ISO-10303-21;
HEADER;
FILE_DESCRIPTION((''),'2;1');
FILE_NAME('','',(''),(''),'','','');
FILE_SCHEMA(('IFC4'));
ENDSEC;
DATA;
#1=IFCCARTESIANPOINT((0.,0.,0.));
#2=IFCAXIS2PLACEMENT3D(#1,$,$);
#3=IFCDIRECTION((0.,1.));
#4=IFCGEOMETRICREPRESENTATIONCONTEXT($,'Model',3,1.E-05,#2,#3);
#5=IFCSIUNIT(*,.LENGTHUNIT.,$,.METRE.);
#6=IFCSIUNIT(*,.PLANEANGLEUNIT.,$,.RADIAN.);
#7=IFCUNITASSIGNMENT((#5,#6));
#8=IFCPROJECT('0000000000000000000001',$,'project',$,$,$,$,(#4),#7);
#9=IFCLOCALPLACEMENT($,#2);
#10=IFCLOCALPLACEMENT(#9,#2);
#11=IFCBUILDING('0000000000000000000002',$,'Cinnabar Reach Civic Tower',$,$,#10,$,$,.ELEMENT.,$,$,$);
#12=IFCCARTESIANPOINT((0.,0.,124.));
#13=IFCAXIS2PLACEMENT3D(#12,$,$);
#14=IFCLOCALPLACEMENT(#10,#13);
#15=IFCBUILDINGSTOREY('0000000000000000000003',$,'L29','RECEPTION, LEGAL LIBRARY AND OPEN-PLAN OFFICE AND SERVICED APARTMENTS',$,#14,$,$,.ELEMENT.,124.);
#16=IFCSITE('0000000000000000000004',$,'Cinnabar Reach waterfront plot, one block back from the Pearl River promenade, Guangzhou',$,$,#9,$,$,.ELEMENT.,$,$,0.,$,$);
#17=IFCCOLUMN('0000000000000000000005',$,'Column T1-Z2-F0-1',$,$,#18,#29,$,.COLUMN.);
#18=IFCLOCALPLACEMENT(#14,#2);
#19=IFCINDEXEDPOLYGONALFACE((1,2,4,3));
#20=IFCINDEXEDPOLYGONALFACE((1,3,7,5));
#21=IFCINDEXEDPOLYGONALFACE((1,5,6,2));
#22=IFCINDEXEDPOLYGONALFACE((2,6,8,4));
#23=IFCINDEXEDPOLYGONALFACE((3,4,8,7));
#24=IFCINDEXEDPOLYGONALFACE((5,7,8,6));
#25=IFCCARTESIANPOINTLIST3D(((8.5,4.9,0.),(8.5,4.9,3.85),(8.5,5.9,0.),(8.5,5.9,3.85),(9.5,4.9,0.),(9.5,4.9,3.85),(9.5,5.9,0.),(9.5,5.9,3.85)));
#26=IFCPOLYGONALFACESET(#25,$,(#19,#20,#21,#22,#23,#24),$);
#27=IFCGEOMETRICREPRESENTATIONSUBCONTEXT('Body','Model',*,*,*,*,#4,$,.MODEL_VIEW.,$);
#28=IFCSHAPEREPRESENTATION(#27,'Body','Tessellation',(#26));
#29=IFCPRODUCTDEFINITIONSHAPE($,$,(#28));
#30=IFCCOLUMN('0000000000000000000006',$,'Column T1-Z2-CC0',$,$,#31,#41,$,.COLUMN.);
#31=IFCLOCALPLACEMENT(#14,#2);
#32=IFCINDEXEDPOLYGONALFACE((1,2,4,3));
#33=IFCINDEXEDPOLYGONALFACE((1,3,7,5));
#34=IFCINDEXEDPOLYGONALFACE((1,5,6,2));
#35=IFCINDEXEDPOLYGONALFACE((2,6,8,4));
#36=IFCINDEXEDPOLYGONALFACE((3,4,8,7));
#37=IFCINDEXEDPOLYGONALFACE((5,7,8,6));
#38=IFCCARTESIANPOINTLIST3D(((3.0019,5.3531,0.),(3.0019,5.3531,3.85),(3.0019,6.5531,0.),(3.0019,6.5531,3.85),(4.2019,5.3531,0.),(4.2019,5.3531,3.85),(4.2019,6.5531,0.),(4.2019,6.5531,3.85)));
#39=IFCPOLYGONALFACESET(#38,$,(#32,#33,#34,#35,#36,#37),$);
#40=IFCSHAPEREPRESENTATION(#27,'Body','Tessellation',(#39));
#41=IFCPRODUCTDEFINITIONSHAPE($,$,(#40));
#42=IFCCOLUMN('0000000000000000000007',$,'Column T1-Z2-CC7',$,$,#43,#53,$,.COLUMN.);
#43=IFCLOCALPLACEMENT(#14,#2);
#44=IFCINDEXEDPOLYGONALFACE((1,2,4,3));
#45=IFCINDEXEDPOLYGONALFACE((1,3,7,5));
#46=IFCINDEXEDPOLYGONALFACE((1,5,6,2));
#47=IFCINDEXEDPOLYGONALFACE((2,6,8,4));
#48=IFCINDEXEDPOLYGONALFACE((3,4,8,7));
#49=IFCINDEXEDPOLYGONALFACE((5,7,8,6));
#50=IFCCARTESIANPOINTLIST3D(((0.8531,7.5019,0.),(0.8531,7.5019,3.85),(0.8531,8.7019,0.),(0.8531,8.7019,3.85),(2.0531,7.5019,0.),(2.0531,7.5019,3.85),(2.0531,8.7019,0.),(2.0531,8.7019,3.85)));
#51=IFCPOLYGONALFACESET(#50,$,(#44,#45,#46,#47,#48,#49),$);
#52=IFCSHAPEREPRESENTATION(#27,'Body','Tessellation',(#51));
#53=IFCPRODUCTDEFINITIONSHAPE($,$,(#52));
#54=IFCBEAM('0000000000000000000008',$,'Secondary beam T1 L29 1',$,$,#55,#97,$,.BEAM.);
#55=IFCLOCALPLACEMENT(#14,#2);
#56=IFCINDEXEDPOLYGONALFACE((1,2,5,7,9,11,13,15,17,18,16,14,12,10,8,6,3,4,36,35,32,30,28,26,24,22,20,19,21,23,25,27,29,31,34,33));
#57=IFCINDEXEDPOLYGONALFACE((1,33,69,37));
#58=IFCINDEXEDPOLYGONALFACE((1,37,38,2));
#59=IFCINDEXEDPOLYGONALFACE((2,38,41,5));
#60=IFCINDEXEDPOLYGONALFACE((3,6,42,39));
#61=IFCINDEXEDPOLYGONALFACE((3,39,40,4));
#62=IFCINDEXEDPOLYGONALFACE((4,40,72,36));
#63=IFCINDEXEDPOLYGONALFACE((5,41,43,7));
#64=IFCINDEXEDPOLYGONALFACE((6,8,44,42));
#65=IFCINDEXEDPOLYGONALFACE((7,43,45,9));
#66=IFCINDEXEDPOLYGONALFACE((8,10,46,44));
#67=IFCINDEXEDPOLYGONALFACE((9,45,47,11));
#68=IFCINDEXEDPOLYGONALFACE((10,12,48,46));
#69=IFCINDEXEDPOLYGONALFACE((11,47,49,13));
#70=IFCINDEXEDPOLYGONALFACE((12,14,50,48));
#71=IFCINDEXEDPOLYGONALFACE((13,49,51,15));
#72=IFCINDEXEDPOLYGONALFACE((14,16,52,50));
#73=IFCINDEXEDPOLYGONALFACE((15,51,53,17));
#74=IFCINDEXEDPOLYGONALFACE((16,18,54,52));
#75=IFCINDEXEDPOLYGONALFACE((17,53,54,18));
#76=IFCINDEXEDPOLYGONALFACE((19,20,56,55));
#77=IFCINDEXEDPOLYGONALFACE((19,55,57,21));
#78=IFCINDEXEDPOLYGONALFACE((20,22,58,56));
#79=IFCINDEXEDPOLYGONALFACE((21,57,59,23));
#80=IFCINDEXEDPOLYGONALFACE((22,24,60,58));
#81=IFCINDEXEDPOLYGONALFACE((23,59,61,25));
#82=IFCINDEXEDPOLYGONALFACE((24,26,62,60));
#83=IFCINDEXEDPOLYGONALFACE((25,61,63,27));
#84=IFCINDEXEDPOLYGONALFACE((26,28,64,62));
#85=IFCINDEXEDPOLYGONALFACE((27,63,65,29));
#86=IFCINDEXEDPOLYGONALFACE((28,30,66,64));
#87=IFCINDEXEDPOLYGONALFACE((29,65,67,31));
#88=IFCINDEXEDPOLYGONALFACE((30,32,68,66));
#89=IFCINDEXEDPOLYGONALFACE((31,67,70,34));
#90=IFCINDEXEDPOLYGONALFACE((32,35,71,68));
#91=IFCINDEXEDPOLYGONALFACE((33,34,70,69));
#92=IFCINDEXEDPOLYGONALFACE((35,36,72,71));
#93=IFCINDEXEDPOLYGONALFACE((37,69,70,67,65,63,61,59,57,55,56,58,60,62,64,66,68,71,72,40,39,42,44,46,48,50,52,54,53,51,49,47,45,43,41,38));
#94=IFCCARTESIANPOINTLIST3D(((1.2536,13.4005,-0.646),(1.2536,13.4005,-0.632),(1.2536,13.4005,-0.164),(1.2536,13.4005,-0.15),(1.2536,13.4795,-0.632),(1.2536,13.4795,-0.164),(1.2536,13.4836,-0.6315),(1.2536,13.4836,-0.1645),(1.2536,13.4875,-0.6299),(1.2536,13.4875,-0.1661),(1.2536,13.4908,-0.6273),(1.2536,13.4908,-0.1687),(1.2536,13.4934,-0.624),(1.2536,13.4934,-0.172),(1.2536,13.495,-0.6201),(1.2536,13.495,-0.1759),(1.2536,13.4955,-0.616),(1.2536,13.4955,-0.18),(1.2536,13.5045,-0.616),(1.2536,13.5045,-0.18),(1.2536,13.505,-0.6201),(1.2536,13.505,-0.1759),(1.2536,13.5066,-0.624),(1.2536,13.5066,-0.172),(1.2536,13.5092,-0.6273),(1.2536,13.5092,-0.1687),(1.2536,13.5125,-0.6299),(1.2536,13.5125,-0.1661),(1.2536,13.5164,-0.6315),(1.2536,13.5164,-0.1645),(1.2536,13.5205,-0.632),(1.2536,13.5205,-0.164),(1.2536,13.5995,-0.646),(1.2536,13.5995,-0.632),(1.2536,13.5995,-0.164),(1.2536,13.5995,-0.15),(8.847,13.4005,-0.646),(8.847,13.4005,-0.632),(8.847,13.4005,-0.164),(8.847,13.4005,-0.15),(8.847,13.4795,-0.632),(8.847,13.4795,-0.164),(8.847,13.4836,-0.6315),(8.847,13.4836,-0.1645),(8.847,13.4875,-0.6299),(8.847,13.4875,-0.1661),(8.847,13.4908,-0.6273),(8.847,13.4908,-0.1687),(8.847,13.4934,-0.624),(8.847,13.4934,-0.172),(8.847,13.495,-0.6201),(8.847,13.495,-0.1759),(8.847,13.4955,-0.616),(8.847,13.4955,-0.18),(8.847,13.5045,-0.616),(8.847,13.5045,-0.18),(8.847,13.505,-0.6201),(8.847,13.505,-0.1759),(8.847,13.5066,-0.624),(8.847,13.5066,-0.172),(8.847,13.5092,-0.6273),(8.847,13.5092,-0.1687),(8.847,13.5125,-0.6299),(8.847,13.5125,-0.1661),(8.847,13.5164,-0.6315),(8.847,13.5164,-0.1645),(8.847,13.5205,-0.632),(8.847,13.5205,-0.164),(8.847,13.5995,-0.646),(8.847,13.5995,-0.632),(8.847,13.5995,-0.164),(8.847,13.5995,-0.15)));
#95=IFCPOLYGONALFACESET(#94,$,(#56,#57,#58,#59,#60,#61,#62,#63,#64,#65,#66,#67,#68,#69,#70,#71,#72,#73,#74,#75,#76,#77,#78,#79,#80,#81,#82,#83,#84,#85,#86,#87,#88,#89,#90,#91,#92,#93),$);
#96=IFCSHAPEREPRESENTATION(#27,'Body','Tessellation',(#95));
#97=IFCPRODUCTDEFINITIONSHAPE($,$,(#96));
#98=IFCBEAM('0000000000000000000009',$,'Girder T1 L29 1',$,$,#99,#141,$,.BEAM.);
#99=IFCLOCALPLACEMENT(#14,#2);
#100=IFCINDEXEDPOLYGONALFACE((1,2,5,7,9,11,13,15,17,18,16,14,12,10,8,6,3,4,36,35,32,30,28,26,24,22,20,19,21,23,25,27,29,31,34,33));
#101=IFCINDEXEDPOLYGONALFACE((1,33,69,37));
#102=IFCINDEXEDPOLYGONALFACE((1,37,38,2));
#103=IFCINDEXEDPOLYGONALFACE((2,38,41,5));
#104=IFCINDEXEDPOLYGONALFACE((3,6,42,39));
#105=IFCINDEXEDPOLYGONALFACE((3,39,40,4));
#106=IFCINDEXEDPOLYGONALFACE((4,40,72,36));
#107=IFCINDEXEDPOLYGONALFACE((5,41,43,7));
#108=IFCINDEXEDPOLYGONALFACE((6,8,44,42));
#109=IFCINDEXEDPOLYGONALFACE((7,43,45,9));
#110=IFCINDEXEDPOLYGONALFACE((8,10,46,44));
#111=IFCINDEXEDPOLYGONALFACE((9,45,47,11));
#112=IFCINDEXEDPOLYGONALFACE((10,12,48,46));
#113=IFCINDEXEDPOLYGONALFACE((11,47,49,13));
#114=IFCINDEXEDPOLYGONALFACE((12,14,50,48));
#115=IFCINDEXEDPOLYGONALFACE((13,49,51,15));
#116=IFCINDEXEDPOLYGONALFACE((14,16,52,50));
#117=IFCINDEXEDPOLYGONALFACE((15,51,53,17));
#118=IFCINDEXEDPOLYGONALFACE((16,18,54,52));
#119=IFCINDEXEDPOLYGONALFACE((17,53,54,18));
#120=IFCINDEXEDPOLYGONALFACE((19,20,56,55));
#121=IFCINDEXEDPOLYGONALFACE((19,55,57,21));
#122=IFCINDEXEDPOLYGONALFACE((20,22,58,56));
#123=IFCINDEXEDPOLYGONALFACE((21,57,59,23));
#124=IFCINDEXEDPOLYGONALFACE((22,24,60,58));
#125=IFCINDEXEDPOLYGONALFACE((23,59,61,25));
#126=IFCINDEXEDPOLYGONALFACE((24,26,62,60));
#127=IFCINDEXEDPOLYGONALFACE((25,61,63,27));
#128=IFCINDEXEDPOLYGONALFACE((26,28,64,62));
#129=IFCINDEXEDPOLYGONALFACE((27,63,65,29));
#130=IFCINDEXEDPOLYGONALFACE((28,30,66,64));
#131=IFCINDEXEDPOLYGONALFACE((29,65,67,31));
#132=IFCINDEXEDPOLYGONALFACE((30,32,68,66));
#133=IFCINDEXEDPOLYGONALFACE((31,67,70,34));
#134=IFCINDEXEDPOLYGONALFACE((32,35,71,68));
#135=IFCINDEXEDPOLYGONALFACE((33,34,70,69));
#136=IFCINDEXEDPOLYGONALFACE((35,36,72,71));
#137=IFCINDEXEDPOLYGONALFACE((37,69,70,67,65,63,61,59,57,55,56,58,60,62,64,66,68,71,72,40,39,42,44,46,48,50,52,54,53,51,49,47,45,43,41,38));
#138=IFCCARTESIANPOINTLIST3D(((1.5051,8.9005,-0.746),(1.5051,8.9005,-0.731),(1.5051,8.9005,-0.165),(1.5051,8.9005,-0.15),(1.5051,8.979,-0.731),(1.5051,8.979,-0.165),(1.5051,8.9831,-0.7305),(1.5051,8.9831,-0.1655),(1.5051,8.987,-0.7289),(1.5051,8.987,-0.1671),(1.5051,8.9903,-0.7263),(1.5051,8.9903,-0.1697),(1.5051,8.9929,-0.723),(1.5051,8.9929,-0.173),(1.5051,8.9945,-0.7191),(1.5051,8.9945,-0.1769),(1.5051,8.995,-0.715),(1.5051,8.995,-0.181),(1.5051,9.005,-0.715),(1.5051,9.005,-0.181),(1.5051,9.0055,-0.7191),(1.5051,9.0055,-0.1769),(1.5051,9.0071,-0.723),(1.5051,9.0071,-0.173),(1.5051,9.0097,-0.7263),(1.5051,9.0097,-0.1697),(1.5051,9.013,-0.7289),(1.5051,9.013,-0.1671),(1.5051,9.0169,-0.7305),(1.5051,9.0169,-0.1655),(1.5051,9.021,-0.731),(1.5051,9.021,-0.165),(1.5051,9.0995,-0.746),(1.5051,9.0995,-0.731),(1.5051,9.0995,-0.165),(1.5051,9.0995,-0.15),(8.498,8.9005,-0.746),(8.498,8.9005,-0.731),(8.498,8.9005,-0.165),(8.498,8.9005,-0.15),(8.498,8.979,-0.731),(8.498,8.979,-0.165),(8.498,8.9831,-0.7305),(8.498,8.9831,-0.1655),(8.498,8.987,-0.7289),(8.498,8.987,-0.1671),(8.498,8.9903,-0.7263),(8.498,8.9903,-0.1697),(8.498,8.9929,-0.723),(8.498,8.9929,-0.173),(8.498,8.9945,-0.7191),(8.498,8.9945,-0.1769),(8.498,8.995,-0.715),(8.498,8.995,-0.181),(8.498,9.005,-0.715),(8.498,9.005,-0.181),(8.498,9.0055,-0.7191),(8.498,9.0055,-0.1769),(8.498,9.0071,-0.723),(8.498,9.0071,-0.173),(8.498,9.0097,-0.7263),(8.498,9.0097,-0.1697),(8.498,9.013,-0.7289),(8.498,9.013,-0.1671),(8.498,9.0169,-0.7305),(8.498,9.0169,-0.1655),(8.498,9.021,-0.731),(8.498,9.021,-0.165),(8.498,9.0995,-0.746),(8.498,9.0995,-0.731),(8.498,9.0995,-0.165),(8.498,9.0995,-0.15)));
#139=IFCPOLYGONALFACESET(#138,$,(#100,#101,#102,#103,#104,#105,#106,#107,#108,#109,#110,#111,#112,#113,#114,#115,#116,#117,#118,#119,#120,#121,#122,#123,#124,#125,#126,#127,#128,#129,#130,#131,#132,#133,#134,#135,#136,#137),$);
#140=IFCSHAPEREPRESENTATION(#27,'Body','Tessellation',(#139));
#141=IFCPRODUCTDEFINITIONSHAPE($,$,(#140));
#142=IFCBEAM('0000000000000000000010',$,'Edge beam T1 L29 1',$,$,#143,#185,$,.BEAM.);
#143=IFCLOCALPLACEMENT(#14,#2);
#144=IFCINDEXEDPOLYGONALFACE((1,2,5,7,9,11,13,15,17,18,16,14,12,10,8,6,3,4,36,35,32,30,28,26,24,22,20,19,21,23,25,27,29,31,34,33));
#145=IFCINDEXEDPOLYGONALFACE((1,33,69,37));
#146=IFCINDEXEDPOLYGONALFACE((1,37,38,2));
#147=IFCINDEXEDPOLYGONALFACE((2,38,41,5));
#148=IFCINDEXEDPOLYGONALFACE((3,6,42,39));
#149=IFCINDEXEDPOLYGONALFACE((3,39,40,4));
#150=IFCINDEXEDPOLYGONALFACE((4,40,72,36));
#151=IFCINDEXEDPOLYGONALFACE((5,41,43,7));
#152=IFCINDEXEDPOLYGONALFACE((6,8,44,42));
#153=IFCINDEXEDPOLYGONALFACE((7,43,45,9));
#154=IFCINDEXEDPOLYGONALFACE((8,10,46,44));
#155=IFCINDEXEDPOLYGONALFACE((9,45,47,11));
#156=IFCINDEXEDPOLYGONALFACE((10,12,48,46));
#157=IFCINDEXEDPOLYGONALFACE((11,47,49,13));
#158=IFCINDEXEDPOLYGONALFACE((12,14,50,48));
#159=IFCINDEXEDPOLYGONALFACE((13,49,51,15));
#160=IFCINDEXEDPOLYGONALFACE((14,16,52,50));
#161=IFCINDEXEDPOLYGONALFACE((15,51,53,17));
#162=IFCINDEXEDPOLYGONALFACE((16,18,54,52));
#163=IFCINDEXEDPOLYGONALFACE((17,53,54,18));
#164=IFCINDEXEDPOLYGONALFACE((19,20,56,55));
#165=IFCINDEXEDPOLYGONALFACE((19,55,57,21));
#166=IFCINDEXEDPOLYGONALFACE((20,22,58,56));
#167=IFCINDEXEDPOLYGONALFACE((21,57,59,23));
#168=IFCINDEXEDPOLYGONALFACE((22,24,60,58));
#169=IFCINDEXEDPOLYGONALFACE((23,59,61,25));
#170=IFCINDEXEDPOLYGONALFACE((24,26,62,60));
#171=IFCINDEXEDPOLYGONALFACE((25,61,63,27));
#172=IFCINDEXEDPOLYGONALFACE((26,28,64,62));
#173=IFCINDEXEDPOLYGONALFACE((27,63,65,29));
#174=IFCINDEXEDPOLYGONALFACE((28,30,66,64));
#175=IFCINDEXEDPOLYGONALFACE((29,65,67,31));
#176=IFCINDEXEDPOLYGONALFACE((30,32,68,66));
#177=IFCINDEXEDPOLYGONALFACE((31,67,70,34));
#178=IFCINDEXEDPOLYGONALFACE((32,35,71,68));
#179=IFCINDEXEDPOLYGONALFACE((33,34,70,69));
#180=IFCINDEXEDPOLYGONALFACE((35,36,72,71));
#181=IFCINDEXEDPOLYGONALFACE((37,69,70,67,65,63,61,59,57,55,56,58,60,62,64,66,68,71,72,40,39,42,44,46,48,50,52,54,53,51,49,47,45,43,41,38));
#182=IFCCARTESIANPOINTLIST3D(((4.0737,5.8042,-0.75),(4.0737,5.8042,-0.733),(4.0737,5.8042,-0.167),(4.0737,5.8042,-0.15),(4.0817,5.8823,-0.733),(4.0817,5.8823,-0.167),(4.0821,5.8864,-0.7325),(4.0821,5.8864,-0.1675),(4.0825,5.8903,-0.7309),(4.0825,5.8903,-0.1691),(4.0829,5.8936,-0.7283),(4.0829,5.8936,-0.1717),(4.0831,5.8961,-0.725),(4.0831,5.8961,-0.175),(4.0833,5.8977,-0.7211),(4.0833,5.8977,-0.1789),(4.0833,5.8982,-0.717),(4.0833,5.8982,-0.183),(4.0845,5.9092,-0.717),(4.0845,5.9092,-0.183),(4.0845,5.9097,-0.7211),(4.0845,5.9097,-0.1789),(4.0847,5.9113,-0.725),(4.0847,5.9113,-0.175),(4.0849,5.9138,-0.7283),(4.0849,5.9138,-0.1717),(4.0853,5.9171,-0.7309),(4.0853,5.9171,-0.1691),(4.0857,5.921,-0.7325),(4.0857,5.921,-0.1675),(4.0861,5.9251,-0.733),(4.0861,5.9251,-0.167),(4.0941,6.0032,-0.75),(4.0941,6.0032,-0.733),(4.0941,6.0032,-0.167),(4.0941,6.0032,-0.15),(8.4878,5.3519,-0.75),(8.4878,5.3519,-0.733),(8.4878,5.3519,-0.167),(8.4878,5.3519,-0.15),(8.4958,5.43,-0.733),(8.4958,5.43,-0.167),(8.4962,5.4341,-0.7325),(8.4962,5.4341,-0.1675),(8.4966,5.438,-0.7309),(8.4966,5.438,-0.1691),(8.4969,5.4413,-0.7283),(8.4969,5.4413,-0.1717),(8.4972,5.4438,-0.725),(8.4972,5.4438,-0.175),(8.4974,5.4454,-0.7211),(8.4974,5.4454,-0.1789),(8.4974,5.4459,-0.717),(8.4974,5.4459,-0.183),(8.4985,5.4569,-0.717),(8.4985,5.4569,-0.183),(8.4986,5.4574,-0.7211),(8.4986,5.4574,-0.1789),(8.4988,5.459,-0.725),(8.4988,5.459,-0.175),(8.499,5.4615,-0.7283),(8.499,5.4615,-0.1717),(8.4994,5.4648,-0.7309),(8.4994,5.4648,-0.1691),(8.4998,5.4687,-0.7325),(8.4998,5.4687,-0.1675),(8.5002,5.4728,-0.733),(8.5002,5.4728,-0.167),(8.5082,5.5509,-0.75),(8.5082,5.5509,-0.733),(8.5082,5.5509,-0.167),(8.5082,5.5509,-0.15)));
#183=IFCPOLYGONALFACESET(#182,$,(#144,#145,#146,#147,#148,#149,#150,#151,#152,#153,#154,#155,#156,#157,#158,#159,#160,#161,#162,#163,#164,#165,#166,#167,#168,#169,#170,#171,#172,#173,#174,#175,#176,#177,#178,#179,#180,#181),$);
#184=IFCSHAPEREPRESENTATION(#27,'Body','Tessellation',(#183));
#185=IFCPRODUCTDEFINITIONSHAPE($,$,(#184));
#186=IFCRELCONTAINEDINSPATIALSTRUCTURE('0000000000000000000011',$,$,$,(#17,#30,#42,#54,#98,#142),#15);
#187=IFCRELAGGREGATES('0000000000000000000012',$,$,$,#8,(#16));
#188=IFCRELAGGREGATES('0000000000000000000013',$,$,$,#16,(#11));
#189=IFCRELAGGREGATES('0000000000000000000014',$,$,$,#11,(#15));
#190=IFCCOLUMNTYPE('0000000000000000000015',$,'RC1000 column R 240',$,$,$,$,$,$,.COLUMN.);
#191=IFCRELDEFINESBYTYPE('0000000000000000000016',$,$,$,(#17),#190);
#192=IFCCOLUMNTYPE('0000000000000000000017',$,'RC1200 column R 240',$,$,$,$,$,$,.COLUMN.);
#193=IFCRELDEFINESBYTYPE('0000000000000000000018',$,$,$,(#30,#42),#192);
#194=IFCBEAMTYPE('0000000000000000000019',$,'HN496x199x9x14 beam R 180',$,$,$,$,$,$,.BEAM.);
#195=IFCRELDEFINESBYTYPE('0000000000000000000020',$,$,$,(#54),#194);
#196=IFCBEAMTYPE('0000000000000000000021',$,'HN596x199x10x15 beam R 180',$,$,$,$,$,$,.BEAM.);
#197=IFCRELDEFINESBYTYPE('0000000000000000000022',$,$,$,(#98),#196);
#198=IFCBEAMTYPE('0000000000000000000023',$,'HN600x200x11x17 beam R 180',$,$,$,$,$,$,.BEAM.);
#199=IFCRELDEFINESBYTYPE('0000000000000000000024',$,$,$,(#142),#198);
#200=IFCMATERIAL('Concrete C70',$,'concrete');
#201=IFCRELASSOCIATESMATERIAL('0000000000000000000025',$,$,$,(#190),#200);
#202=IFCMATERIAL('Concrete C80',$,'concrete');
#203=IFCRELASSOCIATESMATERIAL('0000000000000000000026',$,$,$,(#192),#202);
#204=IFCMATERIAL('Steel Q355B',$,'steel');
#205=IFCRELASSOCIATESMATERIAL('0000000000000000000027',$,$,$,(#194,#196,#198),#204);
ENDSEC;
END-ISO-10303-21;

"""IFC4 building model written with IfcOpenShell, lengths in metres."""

from ifc_helpers import new_model, si_unit, direction, frame, origin, origin_2d, place, context, subcontext, project, spatial, rectangle, i_section, extrude, material, material_profile, profile_set, type_object, element, save


model = new_model("IFC4")

# Units and contexts
model_context = context("Model", 3, precision=1e-05, world=origin(), true_north=direction((0.0, 1.0)))
body_context = subcontext(model_context, "Body", "Model", "MODEL_VIEW")
ifc_project = project(units=[si_unit("LENGTHUNIT", "METRE"), si_unit("PLANEANGLEUNIT", "RADIAN")], contexts=[model_context])

# Site, building, storey
site_placement = place(None, origin())
site = spatial("IfcSite", under=ifc_project, at=site_placement, Name="Cinnabar Reach waterfront plot, one block back from the Pearl River promenade, Guangzhou", CompositionType="ELEMENT", RefElevation=0.0)
building_placement = place(site_placement, origin())
building = spatial("IfcBuilding", under=site, at=building_placement, Name="Cinnabar Reach Civic Tower", CompositionType="ELEMENT")
storey_placement = place(building_placement, frame((0.0, 0.0, 124.0)))
storey = spatial("IfcBuildingStorey", under=building, at=storey_placement, Name="L29", Description="RECEPTION, LEGAL LIBRARY AND OPEN-PLAN OFFICE AND SERVICED APARTMENTS", CompositionType="ELEMENT", Elevation=124.0)

# Columns
ifc_material_1 = material(Name="Concrete C70", Category="concrete")
ifc_material_profile_1 = material_profile(ifc_material_1, rectangle(XDim=1.0, YDim=1.0, at=origin_2d()), Name="RC1000")
ifc_profile_set_1 = profile_set([ifc_material_profile_1], Name="Concrete C70")
column_type_1 = type_object("IfcColumnType", Name="RC1000 column R 240", PredefinedType="COLUMN", material=ifc_profile_set_1)
column_placement = place(storey_placement, frame((9.0, 5.4, 0.0), z_axis=(0.0, 0.0, 1.0), x_axis=(1.0, 0.0, 0.0)))
element("IfcColumn", 1, at=column_placement, inside=storey, type_object=column_type_1, Name="Column T1-Z2-F0-1", PredefinedType="COLUMN", context=body_context, shape_type="SweptSolid", body=[
    extrude(rectangle(XDim=1.0, YDim=1.0, at=origin_2d()), origin(), (0.0, 0.0, 1.0), 3.85),
])
ifc_material_2 = material(Name="Concrete C80", Category="concrete")
ifc_material_profile_2 = material_profile(ifc_material_2, rectangle(XDim=1.2, YDim=1.2, at=origin_2d()), Name="RC1200")
ifc_profile_set_2 = profile_set([ifc_material_profile_2], Name="Concrete C80")
column_type_2 = type_object("IfcColumnType", Name="RC1200 column R 240", PredefinedType="COLUMN", material=ifc_profile_set_2)
for number, where, z_axis, x_axis, name in (
    (2, (3.6019, 5.9531, 0.0), (0.0, 0.0, 1.0), (1.0, 0.0, 0.0), "Column T1-Z2-CC0"),
    (3, (1.4531, 8.1019, 0.0), (0.0, 0.0, 1.0), (1.0, 0.0, 0.0), "Column T1-Z2-CC7"),
):
    element("IfcColumn", number, at=place(storey_placement, frame(where, z_axis=z_axis, x_axis=x_axis)), inside=storey, type_object=column_type_2, Name=name, PredefinedType="COLUMN", context=body_context, shape_type="SweptSolid", body=[
        extrude(rectangle(XDim=1.2, YDim=1.2, at=origin_2d()), origin(), (0.0, 0.0, 1.0), 3.85),
    ])

# Beams
ifc_material_3 = material(Name="Steel Q355B", Category="steel")
ifc_material_profile_3 = material_profile(ifc_material_3, i_section(OverallWidth=0.199, OverallDepth=0.496, WebThickness=0.009, FlangeThickness=0.014, FilletRadius=0.016, at=origin_2d()), Name="HN496x199x9x14")
ifc_profile_set_3 = profile_set([ifc_material_profile_3], Name="Steel Q355B")
beam_type_1 = type_object("IfcBeamType", Name="HN496x199x9x14 beam R 180", PredefinedType="BEAM", material=ifc_profile_set_3)
beam_1_placement = place(storey_placement, frame((1.2536, 13.5, -0.398), z_axis=(1.0, 0.0, 0.0), x_axis=(0.0, 1.0, 0.0)))
element("IfcBeam", 4, at=beam_1_placement, inside=storey, type_object=beam_type_1, Name="Secondary beam T1 L29 1", PredefinedType="BEAM", context=body_context, shape_type="SweptSolid", body=[
    extrude(i_section(OverallWidth=0.199, OverallDepth=0.496, WebThickness=0.009, FlangeThickness=0.014, FilletRadius=0.016, at=origin_2d()), origin(), (0.0, 0.0, 1.0), 7.5934),
])
ifc_material_profile_4 = material_profile(ifc_material_3, i_section(OverallWidth=0.199, OverallDepth=0.596, WebThickness=0.01, FlangeThickness=0.015, FilletRadius=0.016, at=origin_2d()), Name="HN596x199x10x15")
ifc_profile_set_4 = profile_set([ifc_material_profile_4], Name="Steel Q355B")
beam_type_2 = type_object("IfcBeamType", Name="HN596x199x10x15 beam R 180", PredefinedType="BEAM", material=ifc_profile_set_4)
beam_2_placement = place(storey_placement, frame((1.5051, 9.0, -0.448), z_axis=(1.0, 0.0, 0.0), x_axis=(0.0, 1.0, 0.0)))
element("IfcBeam", 5, at=beam_2_placement, inside=storey, type_object=beam_type_2, Name="Girder T1 L29 1", PredefinedType="BEAM", context=body_context, shape_type="SweptSolid", body=[
    extrude(i_section(OverallWidth=0.199, OverallDepth=0.596, WebThickness=0.01, FlangeThickness=0.015, FilletRadius=0.016, at=origin_2d()), origin(), (0.0, 0.0, 1.0), 6.9929),
])
ifc_material_profile_5 = material_profile(ifc_material_3, i_section(OverallWidth=0.2, OverallDepth=0.6, WebThickness=0.011, FlangeThickness=0.017, FilletRadius=0.016, at=origin_2d()), Name="HN600x200x11x17")
ifc_profile_set_5 = profile_set([ifc_material_profile_5], Name="Steel Q355B")
beam_type_3 = type_object("IfcBeamType", Name="HN600x200x11x17 beam R 180", PredefinedType="BEAM", material=ifc_profile_set_5)
beam_3_placement = place(storey_placement, frame((4.0839, 5.9037, -0.45), z_axis=(0.994791, -0.101933, 0.0), x_axis=(0.101933, 0.994791, 0.0)))
element("IfcBeam", 6, at=beam_3_placement, inside=storey, type_object=beam_type_3, Name="Edge beam T1 L29 1", PredefinedType="BEAM", context=body_context, shape_type="SweptSolid", body=[
    extrude(i_section(OverallWidth=0.2, OverallDepth=0.6, WebThickness=0.011, FlangeThickness=0.017, FilletRadius=0.016, at=origin_2d()), origin(), (0.0, 0.0, 1.0), 4.4372),
])

save(model, "model.ifc")
